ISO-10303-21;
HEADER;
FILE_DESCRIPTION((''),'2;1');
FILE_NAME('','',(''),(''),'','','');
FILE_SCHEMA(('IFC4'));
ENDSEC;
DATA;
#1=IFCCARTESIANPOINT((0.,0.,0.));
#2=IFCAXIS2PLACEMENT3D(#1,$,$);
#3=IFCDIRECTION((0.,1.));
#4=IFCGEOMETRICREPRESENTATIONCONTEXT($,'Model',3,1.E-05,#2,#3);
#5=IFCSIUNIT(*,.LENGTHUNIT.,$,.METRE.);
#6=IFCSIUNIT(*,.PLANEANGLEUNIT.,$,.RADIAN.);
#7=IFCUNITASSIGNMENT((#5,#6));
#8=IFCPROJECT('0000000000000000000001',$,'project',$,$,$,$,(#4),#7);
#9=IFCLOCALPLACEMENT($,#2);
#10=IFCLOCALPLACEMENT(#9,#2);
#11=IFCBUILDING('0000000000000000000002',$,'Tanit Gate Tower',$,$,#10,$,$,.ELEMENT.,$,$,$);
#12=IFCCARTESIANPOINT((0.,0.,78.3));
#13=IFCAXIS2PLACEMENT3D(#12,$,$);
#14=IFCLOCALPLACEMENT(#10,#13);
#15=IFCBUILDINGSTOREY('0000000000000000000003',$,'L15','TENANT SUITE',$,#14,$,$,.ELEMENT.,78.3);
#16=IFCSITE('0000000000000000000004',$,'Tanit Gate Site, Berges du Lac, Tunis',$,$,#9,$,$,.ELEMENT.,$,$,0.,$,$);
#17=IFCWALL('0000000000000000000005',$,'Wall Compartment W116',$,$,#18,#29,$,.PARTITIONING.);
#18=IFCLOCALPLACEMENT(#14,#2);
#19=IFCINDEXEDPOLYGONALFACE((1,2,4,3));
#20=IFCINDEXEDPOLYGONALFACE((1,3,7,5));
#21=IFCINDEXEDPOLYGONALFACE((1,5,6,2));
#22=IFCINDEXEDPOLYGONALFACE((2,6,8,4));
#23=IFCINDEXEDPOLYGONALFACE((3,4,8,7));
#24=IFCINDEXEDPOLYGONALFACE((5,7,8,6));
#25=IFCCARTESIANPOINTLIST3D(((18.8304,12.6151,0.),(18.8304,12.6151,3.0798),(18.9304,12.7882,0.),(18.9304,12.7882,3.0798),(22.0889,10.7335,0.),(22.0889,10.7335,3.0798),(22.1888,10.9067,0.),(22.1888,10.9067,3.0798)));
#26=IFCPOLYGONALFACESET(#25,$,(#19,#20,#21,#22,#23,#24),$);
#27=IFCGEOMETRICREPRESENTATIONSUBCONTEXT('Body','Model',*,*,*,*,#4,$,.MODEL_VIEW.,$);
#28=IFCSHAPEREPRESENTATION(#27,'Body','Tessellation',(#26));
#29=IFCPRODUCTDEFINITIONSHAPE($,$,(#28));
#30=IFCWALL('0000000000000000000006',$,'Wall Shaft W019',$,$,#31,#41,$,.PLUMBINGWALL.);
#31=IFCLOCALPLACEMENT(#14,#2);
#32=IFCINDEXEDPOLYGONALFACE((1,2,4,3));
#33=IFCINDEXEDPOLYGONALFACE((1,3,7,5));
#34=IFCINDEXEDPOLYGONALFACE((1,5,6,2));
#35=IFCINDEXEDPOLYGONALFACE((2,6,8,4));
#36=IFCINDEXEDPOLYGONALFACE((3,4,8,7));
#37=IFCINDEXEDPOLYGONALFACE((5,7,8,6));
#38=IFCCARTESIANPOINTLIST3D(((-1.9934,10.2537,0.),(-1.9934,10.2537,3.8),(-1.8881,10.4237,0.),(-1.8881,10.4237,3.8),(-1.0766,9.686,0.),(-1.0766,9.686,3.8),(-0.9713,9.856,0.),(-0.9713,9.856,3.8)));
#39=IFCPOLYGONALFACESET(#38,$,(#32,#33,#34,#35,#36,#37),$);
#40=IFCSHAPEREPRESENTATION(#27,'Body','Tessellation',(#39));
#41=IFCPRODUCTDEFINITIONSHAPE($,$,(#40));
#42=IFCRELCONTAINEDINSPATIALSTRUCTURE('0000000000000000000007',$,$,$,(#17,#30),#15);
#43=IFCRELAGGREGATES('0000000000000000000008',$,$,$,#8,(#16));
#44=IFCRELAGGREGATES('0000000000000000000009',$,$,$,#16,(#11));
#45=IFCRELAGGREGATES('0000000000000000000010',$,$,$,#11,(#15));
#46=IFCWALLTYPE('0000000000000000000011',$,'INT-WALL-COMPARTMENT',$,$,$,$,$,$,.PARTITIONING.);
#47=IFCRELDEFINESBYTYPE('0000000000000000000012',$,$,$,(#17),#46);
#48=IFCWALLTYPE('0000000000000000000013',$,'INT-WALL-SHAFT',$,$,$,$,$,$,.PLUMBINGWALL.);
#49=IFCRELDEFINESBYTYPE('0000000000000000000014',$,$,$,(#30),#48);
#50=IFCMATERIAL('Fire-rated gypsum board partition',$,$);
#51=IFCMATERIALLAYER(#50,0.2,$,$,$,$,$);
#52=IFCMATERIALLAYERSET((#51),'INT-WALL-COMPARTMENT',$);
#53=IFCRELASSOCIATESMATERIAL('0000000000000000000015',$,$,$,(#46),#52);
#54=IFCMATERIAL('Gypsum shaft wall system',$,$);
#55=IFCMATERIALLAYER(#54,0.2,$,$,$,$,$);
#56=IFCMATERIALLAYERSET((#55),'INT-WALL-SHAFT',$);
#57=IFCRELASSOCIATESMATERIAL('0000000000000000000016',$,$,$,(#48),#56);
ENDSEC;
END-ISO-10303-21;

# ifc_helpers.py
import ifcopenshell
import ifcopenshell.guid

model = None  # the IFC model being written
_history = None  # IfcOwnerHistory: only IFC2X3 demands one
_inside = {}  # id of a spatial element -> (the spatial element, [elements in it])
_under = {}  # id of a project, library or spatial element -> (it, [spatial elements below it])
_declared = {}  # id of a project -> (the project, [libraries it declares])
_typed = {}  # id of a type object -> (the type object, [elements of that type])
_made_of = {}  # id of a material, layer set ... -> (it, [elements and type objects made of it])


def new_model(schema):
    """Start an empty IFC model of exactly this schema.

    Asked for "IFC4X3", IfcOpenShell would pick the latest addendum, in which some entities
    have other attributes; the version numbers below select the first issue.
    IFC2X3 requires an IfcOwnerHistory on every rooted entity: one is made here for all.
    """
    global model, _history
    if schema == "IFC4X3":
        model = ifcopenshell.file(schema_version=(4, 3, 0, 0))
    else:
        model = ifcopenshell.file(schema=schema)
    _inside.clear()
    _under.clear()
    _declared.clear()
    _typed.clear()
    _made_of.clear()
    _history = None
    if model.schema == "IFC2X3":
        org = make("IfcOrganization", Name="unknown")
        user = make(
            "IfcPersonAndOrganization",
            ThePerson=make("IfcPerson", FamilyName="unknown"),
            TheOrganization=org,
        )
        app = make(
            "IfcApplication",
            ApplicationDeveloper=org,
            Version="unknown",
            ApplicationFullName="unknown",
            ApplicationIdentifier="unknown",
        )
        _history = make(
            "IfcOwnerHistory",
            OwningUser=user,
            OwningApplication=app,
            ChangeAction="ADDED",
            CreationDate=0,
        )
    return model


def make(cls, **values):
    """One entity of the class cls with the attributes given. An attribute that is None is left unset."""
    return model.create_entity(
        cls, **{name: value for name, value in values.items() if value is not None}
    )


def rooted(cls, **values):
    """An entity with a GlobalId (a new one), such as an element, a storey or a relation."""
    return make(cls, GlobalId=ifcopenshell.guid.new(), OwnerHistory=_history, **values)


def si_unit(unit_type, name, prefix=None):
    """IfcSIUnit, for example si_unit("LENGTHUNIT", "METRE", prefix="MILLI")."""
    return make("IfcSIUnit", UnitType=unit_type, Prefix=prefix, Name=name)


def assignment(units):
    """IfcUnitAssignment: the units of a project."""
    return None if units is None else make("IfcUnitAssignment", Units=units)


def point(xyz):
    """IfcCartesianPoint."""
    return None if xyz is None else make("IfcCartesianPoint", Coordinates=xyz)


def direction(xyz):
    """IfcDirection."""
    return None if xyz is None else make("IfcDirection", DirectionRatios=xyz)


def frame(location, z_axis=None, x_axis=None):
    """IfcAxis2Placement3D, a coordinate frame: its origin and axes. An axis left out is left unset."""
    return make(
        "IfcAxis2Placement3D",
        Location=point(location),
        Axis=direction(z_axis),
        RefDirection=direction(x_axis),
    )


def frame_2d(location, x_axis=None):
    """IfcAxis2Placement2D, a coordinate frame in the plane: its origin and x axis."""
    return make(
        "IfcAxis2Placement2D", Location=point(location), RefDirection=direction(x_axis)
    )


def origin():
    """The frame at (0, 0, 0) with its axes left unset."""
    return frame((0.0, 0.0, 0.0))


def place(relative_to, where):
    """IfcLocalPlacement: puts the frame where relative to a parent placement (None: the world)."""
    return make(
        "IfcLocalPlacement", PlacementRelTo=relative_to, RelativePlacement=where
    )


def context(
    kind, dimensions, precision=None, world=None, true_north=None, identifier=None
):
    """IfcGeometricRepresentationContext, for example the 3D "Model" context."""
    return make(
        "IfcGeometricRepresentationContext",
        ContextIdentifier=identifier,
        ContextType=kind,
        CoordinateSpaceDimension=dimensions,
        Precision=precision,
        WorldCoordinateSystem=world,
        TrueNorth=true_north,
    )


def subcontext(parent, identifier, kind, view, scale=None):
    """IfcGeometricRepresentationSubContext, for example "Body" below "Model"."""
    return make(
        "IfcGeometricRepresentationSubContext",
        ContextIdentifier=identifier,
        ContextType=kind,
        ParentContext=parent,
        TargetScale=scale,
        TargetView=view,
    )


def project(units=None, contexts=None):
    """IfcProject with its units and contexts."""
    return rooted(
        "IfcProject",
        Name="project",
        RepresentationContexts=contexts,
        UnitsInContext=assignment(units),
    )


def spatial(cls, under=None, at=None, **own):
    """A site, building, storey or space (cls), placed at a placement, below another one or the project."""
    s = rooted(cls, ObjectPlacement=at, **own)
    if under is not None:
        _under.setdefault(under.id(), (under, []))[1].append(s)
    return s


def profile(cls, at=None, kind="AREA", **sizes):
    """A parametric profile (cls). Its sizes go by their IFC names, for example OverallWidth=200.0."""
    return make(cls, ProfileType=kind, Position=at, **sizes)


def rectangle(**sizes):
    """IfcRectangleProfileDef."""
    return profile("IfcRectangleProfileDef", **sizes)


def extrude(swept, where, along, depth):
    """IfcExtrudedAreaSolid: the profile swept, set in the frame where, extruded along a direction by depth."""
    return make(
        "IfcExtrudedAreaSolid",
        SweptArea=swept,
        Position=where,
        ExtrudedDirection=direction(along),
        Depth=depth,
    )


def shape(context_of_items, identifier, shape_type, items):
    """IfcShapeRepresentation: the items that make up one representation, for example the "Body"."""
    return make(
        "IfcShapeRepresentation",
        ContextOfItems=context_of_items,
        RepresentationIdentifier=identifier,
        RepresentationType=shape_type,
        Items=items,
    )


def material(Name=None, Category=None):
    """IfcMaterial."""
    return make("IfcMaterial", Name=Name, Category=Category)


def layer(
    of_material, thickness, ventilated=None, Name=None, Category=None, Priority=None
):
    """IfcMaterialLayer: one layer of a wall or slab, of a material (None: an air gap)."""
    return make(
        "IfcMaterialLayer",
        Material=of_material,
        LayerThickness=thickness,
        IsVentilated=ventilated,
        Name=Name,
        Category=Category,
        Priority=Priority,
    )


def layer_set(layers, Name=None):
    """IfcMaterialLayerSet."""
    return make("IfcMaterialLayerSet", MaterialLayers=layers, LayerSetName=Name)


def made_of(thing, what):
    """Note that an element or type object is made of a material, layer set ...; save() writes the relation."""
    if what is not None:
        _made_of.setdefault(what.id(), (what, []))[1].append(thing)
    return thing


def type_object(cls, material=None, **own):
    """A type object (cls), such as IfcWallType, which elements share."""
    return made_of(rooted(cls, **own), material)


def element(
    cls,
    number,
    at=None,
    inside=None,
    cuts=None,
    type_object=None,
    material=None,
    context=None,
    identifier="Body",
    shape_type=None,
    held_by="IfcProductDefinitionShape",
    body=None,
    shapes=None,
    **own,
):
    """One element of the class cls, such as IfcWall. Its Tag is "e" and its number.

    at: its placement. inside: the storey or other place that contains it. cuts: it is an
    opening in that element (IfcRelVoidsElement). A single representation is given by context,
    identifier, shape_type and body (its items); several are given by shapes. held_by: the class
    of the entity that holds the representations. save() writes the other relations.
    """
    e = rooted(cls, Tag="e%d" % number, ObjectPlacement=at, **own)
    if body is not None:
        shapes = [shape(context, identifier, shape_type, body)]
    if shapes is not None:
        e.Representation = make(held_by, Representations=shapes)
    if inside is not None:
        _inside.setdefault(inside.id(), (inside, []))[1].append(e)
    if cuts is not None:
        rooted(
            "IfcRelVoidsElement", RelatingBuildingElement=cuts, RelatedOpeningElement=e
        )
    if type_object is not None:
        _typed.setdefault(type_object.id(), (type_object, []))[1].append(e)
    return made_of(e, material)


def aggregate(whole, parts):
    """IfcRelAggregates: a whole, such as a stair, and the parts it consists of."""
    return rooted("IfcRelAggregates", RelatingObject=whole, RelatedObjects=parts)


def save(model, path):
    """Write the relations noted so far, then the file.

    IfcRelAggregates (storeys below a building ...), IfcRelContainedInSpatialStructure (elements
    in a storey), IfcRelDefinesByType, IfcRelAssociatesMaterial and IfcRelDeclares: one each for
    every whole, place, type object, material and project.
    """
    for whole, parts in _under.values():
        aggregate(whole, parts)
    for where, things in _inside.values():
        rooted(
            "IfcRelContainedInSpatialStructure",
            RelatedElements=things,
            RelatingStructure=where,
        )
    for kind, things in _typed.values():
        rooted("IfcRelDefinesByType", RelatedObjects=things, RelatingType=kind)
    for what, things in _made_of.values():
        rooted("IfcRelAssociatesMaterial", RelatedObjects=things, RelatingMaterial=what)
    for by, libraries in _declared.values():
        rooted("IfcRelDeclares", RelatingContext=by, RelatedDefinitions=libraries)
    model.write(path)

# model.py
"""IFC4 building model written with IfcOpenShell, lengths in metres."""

from ifc_helpers import new_model, si_unit, direction, frame, frame_2d, origin, place, context, subcontext, project, spatial, rectangle, extrude, material, layer, layer_set, type_object, element, save


model = new_model("IFC4")

# Units and contexts
model_context = context("Model", 3, precision=1e-05, world=origin(), true_north=direction((0.0, 1.0)))
body_context = subcontext(model_context, "Body", "Model", "MODEL_VIEW")
ifc_project = project(units=[si_unit("LENGTHUNIT", "METRE"), si_unit("PLANEANGLEUNIT", "RADIAN")], contexts=[model_context])

# Site, building, storey
site_placement = place(None, origin())
site = spatial("IfcSite", under=ifc_project, at=site_placement, Name="Tanit Gate Site, Berges du Lac, Tunis", CompositionType="ELEMENT", RefElevation=0.0)
building_placement = place(site_placement, origin())
building = spatial("IfcBuilding", under=site, at=building_placement, Name="Tanit Gate Tower", CompositionType="ELEMENT")
storey_placement = place(building_placement, frame((0.0, 0.0, 78.3)))
storey = spatial("IfcBuildingStorey", under=building, at=storey_placement, Name="L15", Description="TENANT SUITE", CompositionType="ELEMENT", Elevation=78.3)

# Walls
ifc_material_1 = material(Name="Fire-rated gypsum board partition")
ifc_layer_1 = layer(ifc_material_1, 0.2)
ifc_layer_set_1 = layer_set([ifc_layer_1], Name="INT-WALL-COMPARTMENT")
wall_type_1 = type_object("IfcWallType", Name="INT-WALL-COMPARTMENT", PredefinedType="PARTITIONING", material=ifc_layer_set_1)
wall_1_placement = place(storey_placement, frame((18.8804, 12.7017, 0.0), z_axis=(0.0, 0.0, 1.0), x_axis=(0.865994, -0.500054, 0.0)))
element("IfcWall", 1, at=wall_1_placement, inside=storey, type_object=wall_type_1, Name="Wall Compartment W116", PredefinedType="PARTITIONING", context=body_context, shape_type="SweptSolid", body=[
    extrude(rectangle(XDim=3.7627, YDim=0.2, at=frame_2d((1.8813, 0.0))), origin(), (0.0, 0.0, 1.0), 3.0798),
])
ifc_material_2 = material(Name="Gypsum shaft wall system")
ifc_layer_2 = layer(ifc_material_2, 0.2)
ifc_layer_set_2 = layer_set([ifc_layer_2], Name="INT-WALL-SHAFT")
wall_type_2 = type_object("IfcWallType", Name="INT-WALL-SHAFT", PredefinedType="PLUMBINGWALL", material=ifc_layer_set_2)
wall_2_placement = place(storey_placement, frame((-1.9407, 10.3386, 0.0), z_axis=(0.0, 0.0, 1.0), x_axis=(0.850217, -0.526433, 0.0)))
element("IfcWall", 2, at=wall_2_placement, inside=storey, type_object=wall_type_2, Name="Wall Shaft W019", PredefinedType="PLUMBINGWALL", context=body_context, shape_type="SweptSolid", body=[
    extrude(rectangle(XDim=1.0784, YDim=0.2, at=frame_2d((0.5391, 0.0))), origin(), (0.0, 0.0, 1.0), 3.8),
])

save(model, "model.ifc")
